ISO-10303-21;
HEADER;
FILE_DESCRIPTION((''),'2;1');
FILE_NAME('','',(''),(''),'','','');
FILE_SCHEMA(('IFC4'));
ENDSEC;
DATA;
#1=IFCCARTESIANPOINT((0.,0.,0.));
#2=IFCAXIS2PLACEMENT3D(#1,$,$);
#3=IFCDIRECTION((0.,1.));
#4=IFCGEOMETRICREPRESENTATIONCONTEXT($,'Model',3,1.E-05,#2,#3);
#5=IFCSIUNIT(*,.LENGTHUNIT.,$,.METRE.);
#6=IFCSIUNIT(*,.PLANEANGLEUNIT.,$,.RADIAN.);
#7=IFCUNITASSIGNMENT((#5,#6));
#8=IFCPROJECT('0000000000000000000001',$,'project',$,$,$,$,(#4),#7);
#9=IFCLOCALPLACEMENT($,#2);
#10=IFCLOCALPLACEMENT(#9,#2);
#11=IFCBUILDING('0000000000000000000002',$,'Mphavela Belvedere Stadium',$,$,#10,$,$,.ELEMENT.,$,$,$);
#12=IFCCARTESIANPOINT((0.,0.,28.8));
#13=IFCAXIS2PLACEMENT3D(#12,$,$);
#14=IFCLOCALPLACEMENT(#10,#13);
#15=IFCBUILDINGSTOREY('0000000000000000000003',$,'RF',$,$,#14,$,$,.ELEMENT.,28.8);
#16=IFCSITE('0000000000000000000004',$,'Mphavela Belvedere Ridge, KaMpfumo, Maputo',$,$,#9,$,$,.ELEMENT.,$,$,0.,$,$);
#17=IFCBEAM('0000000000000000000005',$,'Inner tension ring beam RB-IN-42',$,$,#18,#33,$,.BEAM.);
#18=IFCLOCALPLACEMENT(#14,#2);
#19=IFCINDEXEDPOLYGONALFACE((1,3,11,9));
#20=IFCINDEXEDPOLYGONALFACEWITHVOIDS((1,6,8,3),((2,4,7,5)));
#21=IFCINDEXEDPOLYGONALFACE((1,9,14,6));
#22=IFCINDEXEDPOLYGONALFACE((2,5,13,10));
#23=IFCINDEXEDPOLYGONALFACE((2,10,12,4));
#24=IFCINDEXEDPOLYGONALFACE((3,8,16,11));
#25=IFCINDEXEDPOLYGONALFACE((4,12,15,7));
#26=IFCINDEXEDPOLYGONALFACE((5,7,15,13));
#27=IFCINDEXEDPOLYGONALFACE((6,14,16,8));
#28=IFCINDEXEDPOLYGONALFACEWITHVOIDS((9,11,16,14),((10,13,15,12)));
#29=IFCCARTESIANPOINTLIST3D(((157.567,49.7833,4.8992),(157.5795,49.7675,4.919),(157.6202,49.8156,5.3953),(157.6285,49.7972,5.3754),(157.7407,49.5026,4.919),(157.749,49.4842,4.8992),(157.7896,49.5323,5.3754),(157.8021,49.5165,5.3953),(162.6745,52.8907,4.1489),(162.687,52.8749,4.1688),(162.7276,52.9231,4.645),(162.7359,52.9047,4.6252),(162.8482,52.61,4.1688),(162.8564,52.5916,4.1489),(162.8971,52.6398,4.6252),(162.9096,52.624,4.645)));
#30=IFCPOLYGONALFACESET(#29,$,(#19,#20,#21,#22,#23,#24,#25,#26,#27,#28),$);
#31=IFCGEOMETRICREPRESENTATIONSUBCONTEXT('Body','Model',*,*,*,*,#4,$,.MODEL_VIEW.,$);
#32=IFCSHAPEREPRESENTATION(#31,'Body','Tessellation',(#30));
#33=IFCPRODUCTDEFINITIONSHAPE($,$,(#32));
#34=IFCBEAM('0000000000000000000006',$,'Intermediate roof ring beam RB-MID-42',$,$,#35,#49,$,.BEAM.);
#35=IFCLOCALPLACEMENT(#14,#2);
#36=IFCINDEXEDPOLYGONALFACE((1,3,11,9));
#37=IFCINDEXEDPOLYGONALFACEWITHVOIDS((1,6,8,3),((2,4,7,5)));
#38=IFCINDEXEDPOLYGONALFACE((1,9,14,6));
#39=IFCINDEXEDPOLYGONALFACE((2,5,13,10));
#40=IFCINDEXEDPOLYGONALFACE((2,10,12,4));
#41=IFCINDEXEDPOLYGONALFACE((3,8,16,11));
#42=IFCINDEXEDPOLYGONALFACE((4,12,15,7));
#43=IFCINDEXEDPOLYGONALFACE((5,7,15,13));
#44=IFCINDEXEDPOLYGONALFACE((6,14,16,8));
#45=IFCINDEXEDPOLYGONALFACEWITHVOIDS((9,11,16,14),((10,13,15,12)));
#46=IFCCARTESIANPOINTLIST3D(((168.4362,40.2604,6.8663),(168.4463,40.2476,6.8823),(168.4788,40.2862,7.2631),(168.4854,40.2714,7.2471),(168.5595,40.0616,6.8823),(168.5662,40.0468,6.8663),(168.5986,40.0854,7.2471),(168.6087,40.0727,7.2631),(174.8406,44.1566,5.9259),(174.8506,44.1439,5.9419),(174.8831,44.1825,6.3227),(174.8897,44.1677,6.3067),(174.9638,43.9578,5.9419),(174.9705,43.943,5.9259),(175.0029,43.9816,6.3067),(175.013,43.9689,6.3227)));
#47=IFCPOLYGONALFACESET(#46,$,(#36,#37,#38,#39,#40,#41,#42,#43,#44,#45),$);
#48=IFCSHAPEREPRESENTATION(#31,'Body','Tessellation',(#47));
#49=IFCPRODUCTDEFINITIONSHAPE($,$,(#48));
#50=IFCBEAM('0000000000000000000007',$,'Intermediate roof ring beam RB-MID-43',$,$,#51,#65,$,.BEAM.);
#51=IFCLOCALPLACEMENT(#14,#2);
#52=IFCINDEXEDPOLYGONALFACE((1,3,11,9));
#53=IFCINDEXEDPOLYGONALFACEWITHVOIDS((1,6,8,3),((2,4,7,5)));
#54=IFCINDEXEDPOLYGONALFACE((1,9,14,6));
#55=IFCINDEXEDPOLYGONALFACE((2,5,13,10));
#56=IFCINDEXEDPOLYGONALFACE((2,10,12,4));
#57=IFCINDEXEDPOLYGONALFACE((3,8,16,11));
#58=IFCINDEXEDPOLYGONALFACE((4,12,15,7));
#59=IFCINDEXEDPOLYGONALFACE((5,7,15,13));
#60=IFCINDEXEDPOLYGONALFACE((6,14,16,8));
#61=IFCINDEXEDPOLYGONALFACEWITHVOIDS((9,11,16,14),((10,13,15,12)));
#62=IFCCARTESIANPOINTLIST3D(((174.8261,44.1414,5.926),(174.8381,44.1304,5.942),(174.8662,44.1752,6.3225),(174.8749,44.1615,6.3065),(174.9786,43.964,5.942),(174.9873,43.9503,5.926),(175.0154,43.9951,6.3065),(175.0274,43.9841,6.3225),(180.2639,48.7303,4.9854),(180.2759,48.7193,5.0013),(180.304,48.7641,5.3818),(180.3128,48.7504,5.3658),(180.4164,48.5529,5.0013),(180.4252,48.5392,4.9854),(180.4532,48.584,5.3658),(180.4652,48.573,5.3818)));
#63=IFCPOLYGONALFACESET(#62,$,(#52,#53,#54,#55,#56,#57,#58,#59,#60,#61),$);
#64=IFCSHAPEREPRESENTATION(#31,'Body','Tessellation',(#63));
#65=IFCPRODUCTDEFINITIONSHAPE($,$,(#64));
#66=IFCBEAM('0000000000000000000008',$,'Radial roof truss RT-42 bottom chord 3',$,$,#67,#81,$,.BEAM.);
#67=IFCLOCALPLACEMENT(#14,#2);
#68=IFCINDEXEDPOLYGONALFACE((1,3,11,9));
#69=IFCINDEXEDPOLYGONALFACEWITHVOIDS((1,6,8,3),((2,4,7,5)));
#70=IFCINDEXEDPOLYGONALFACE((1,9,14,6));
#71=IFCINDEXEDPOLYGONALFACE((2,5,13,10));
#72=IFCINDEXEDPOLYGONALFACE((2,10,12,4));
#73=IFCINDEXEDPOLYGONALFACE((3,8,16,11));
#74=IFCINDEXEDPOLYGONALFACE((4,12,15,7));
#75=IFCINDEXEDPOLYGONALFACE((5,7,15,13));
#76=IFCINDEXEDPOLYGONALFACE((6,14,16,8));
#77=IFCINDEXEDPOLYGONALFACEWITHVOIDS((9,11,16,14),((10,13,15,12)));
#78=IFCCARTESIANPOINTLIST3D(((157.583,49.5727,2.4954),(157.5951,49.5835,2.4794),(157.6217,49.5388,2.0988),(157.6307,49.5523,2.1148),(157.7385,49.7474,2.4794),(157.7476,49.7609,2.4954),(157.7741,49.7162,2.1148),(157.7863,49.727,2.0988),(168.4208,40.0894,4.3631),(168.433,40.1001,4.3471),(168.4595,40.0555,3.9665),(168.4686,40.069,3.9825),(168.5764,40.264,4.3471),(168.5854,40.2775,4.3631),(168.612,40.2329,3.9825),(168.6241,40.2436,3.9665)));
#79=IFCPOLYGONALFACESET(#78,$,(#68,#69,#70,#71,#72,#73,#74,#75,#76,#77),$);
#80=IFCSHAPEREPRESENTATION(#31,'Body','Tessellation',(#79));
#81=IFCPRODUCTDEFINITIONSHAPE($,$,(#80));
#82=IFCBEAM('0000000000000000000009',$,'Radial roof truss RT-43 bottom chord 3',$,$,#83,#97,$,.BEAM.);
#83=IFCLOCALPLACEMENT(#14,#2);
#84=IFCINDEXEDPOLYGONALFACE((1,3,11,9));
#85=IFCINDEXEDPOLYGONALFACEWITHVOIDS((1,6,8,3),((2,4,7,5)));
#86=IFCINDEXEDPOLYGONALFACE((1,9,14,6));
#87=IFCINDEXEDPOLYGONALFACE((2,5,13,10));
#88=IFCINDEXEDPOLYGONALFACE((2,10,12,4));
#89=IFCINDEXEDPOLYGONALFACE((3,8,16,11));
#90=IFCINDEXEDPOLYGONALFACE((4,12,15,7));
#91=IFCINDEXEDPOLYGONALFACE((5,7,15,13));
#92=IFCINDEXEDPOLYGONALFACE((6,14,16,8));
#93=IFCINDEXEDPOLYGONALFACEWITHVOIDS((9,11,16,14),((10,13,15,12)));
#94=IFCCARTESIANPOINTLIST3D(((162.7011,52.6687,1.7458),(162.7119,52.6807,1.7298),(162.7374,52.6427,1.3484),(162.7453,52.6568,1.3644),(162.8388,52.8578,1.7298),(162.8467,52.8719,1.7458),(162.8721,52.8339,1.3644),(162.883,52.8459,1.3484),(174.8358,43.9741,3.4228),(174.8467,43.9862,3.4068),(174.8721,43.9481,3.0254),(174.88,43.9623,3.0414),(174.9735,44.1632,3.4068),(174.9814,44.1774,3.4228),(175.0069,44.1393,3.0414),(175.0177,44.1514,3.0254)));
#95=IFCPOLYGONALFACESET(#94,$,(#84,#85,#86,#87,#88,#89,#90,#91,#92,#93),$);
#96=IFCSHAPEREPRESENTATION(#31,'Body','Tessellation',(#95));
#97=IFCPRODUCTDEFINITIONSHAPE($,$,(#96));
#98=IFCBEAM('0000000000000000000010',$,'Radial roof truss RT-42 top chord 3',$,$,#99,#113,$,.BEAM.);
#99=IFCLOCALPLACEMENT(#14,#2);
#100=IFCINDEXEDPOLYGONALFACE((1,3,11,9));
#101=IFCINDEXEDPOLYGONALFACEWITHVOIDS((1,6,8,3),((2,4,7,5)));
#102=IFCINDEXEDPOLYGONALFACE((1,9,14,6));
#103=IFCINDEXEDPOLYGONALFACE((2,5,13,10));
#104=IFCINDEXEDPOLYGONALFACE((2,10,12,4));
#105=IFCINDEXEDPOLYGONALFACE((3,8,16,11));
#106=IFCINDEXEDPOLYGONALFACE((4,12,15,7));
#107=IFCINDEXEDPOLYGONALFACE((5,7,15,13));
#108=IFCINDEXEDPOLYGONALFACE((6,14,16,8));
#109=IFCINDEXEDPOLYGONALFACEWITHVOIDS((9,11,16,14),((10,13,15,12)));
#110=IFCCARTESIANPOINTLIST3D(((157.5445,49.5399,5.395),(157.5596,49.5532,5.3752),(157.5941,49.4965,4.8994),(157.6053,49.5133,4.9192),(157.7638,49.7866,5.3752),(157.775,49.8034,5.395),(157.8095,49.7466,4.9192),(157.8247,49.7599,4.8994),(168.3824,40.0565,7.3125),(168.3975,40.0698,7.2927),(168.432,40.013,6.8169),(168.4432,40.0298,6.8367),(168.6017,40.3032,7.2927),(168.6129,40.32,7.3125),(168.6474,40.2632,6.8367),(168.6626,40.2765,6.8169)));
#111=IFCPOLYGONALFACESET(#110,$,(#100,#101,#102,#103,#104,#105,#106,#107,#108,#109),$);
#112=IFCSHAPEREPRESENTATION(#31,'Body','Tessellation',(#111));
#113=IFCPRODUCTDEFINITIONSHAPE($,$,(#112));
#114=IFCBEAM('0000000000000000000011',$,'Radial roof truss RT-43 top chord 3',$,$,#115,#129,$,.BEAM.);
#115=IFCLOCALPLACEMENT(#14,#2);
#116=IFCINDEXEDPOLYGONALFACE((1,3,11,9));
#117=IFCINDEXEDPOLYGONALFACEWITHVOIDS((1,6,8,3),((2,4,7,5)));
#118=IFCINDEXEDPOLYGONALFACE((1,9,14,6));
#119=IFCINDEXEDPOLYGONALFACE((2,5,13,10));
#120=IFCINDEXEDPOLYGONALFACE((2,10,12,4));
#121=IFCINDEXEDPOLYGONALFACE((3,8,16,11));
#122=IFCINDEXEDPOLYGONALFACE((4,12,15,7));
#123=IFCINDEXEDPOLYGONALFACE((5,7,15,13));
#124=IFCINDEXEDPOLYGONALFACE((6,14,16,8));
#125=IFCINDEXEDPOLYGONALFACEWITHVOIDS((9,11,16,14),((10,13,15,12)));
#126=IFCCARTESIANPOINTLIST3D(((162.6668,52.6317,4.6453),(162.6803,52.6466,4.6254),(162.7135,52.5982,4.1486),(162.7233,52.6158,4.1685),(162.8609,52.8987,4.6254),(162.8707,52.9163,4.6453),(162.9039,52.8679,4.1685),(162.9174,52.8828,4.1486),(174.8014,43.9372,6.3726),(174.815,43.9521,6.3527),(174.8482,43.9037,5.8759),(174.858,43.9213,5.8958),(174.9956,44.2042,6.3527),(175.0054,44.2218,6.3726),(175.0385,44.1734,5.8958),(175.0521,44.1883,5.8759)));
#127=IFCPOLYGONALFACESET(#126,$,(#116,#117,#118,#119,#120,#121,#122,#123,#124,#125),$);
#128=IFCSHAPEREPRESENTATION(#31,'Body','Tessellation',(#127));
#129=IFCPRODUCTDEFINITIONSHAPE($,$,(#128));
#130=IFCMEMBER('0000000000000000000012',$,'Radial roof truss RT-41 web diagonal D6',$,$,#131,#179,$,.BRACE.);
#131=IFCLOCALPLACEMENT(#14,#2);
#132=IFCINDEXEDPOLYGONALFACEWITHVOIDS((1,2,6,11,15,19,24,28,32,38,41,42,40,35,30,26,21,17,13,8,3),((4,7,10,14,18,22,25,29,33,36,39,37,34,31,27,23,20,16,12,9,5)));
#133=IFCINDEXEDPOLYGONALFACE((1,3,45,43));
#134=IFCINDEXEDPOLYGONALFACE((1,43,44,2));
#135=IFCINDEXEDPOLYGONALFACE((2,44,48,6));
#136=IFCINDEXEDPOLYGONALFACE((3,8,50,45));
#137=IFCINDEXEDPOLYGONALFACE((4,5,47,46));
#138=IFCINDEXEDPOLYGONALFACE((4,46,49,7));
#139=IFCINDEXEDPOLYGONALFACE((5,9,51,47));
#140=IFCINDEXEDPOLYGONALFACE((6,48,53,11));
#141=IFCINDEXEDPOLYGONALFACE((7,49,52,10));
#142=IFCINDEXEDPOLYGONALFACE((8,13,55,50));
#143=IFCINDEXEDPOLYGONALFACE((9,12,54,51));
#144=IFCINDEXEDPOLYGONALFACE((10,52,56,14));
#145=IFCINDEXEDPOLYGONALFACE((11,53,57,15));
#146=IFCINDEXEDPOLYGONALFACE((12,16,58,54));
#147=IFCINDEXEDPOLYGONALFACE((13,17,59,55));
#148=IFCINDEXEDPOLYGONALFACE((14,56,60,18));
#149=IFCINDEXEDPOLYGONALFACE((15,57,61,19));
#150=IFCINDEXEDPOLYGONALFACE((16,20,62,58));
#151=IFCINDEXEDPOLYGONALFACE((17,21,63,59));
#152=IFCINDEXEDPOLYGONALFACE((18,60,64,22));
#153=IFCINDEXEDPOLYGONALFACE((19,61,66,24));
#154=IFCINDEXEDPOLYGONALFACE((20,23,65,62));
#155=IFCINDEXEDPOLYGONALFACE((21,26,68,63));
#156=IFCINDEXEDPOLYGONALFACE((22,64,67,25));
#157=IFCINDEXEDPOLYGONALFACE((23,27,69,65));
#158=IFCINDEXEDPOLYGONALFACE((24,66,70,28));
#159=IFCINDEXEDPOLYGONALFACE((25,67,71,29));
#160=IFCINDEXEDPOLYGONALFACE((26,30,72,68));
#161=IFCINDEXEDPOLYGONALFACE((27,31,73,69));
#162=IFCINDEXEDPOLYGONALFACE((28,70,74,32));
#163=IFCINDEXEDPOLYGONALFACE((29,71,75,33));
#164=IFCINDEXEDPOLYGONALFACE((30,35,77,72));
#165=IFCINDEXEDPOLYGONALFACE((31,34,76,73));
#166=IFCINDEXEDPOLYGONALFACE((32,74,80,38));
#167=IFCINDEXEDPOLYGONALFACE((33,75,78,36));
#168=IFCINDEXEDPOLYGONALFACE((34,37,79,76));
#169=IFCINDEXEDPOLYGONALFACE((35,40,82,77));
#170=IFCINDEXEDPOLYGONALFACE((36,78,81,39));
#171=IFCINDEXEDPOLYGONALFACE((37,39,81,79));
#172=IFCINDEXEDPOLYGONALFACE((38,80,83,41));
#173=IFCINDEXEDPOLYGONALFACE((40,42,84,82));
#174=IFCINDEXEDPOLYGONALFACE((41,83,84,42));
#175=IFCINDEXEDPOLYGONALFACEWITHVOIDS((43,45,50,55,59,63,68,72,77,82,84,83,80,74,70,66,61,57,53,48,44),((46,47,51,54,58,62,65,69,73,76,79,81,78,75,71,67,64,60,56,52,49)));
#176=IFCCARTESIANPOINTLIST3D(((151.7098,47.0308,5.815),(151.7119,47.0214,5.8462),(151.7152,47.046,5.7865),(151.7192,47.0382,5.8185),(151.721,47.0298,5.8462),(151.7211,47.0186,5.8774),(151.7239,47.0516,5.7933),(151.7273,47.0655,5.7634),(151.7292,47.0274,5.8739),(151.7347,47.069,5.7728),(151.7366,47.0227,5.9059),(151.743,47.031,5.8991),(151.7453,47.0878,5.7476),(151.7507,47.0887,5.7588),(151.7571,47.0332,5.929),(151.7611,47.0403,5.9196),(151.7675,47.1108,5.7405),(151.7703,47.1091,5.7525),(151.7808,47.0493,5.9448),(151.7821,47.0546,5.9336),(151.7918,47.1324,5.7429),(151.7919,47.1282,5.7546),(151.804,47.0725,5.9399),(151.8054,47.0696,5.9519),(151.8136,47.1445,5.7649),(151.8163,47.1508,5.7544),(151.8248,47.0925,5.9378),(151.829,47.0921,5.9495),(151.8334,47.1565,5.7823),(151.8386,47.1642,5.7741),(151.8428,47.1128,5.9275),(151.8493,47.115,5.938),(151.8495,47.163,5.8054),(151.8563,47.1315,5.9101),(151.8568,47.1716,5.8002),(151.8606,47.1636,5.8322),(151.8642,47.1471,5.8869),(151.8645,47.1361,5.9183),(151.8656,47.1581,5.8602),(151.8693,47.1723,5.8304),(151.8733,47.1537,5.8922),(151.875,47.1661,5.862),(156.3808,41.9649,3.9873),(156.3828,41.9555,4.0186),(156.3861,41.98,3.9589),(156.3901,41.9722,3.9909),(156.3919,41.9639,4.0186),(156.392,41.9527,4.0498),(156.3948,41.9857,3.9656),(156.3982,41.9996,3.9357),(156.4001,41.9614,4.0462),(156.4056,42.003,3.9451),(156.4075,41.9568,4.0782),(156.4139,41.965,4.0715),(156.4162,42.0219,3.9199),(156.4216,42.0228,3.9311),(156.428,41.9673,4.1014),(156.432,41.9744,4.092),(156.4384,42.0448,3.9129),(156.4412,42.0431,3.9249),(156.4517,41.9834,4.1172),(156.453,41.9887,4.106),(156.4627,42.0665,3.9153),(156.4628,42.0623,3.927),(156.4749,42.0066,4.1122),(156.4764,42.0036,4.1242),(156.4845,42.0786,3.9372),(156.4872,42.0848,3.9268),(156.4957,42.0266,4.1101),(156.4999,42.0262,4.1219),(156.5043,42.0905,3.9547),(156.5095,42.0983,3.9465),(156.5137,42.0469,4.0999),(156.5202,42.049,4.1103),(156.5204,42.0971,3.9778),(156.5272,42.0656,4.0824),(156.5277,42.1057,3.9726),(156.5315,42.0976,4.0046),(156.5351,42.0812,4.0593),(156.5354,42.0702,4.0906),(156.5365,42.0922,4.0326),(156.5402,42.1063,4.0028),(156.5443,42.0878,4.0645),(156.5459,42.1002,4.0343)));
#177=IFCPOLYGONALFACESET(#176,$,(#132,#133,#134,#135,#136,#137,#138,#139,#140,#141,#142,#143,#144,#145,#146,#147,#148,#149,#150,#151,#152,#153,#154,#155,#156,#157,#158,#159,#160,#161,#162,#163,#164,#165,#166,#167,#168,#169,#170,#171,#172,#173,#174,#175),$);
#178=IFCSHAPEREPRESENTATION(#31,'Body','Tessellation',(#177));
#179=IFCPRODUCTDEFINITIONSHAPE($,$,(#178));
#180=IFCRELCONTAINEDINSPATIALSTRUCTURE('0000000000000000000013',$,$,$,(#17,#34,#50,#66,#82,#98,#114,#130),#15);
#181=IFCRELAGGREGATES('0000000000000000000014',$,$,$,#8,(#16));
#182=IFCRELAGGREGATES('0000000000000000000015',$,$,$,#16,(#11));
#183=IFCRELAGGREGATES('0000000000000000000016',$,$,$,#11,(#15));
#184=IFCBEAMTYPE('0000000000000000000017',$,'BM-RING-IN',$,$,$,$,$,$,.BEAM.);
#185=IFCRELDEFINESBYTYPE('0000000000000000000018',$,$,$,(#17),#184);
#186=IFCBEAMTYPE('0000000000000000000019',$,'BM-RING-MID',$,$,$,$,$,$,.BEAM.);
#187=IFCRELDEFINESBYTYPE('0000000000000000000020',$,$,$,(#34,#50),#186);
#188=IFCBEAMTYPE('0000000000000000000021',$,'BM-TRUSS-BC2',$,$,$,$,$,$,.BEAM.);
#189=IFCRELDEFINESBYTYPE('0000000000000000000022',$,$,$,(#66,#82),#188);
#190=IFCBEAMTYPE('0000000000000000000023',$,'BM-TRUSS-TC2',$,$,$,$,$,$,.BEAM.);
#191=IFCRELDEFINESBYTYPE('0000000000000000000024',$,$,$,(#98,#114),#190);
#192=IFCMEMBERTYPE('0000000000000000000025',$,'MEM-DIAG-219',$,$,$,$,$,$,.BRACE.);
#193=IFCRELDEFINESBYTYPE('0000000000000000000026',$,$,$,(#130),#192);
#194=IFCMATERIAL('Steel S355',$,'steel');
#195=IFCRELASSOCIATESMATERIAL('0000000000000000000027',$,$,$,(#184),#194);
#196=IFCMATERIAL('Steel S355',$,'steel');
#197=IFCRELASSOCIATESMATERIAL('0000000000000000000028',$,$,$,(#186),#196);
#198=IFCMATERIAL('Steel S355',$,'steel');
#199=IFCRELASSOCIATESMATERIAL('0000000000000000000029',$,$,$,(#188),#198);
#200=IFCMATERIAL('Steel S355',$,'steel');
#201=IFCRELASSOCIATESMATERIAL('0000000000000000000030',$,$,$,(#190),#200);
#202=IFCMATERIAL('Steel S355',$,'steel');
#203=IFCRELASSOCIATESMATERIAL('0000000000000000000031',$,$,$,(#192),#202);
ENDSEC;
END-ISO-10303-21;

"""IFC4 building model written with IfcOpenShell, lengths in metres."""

from ifc_helpers import new_model, si_unit, direction, frame, origin, origin_2d, place, context, subcontext, project, spatial, hollow_rectangle, hollow_circle, extrude, material, material_profile, profile_set, type_object, element, save


model = new_model("IFC4")

# Units and contexts
model_context = context("Model", 3, precision=1e-05, world=origin(), true_north=direction((0.0, 1.0)))
body_context = subcontext(model_context, "Body", "Model", "MODEL_VIEW")
ifc_project = project(units=[si_unit("LENGTHUNIT", "METRE"), si_unit("PLANEANGLEUNIT", "RADIAN")], contexts=[model_context])

# Site, building, storey
site_placement = place(None, origin())
site = spatial("IfcSite", under=ifc_project, at=site_placement, Name="Mphavela Belvedere Ridge, KaMpfumo, Maputo", CompositionType="ELEMENT", RefElevation=0.0)
building_placement = place(site_placement, origin())
building = spatial("IfcBuilding", under=site, at=building_placement, Name="Mphavela Belvedere Stadium", CompositionType="ELEMENT")
storey_placement = place(building_placement, frame((0.0, 0.0, 28.8)))
storey = spatial("IfcBuildingStorey", under=building, at=storey_placement, Name="RF", CompositionType="ELEMENT", Elevation=28.8)

# Beams
ifc_material_1 = material(Name="Steel S355", Category="steel")
ifc_material_profile_1 = material_profile(ifc_material_1, hollow_rectangle(XDim=0.3501, YDim=0.5, WallThickness=0.02, at=origin_2d()), Name="RHS 500x350x20")
ifc_profile_set_1 = profile_set([ifc_material_profile_1], Name="Steel S355")
beam_type_1 = type_object("IfcBeamType", Name="BM-RING-IN", PredefinedType="BEAM", material=ifc_profile_set_1)
beam_1_placement = place(storey_placement, frame((157.6846, 49.6499, 5.1472), z_axis=(0.847657, 0.515726, -0.124515), x_axis=(-0.519771, 0.854306, 0.0)))
element("IfcBeam", 1, at=beam_1_placement, inside=storey, type_object=beam_type_1, Name="Inner tension ring beam RB-IN-42", PredefinedType="BEAM", context=body_context, shape_type="SweptSolid", body=[
    extrude(hollow_rectangle(XDim=0.3501, YDim=0.5, WallThickness=0.02, at=origin_2d()), origin(), (0.0, 0.0, 1.0), 6.0254),
])
ifc_material_2 = material(Name="Steel S355", Category="steel")
ifc_material_profile_2 = material_profile(ifc_material_2, hollow_rectangle(XDim=0.25, YDim=0.3999, WallThickness=0.0161, at=origin_2d()), Name="RHS 400x250x16")
ifc_profile_set_2 = profile_set([ifc_material_profile_2], Name="Steel S355")
beam_type_2 = type_object("IfcBeamType", Name="BM-RING-MID", PredefinedType="BEAM", material=ifc_profile_set_2)
beam_2_placement = place(storey_placement, frame((168.5225, 40.1665, 7.0647), z_axis=(0.847674, 0.515707, -0.124476), x_axis=(-0.51975, 0.854319, 0.0)))
element("IfcBeam", 2, at=beam_2_placement, inside=storey, type_object=beam_type_2, Name="Intermediate roof ring beam RB-MID-42", PredefinedType="BEAM", context=body_context, shape_type="SweptSolid", body=[
    extrude(hollow_rectangle(XDim=0.25, YDim=0.3999, WallThickness=0.0161, at=origin_2d()), origin(), (0.0, 0.0, 1.0), 7.5552),
])
beam_3_placement = place(storey_placement, frame((174.9268, 44.0627, 6.1243), z_axis=(0.757646, 0.639371, -0.131065), x_axis=(-0.644934, 0.764238, 0.0)))
element("IfcBeam", 3, at=beam_3_placement, inside=storey, type_object=beam_type_2, Name="Intermediate roof ring beam RB-MID-43", PredefinedType="BEAM", context=body_context, shape_type="SweptSolid", body=[
    extrude(hollow_rectangle(XDim=0.25, YDim=0.3999, WallThickness=0.0161, at=origin_2d()), origin(), (0.0, 0.0, 1.0), 7.1772),
])
ifc_material_3 = material(Name="Steel S355", Category="steel")
ifc_material_profile_3 = material_profile(ifc_material_3, hollow_rectangle(XDim=0.25, YDim=0.3999, WallThickness=0.0161, at=origin_2d()), Name="RHS 400x250x16")
ifc_profile_set_3 = profile_set([ifc_material_profile_3], Name="Steel S355")
beam_type_3 = type_object("IfcBeamType", Name="BM-TRUSS-BC2", PredefinedType="BEAM", material=ifc_profile_set_3)
beam_4_placement = place(storey_placement, frame((168.5225, 40.1665, 4.1648), z_axis=(-0.746318, 0.653045, -0.128612), x_axis=(-0.658514, -0.752568, 0.0)))
element("IfcBeam", 4, at=beam_4_placement, inside=storey, type_object=beam_type_3, Name="Radial roof truss RT-42 bottom chord 3", PredefinedType="BEAM", context=body_context, shape_type="SweptSolid", body=[
    extrude(hollow_rectangle(XDim=0.25, YDim=0.3999, WallThickness=0.0161, at=origin_2d()), origin(), (0.0, 0.0, 1.0), 14.5217),
])
beam_5_placement = place(storey_placement, frame((174.9268, 44.0627, 3.2241), z_axis=(-0.807799, 0.57879, -0.111636), x_axis=(-0.58243, -0.812881, 0.0)))
element("IfcBeam", 5, at=beam_5_placement, inside=storey, type_object=beam_type_3, Name="Radial roof truss RT-43 bottom chord 3", PredefinedType="BEAM", context=body_context, shape_type="SweptSolid", body=[
    extrude(hollow_rectangle(XDim=0.25, YDim=0.3999, WallThickness=0.0161, at=origin_2d()), origin(), (0.0, 0.0, 1.0), 15.022),
])
ifc_material_4 = material(Name="Steel S355", Category="steel")
ifc_material_profile_4 = material_profile(ifc_material_4, hollow_rectangle(XDim=0.3501, YDim=0.5, WallThickness=0.02, at=origin_2d()), Name="RHS 500x350x20")
ifc_profile_set_4 = profile_set([ifc_material_profile_4], Name="Steel S355")
beam_type_4 = type_object("IfcBeamType", Name="BM-TRUSS-TC2", PredefinedType="BEAM", material=ifc_profile_set_4)
beam_6_placement = place(storey_placement, frame((168.5225, 40.1665, 7.0647), z_axis=(-0.745985, 0.652754, -0.131982), x_axis=(-0.658514, -0.752568, 0.0)))
element("IfcBeam", 6, at=beam_6_placement, inside=storey, type_object=beam_type_4, Name="Radial roof truss RT-42 top chord 3", PredefinedType="BEAM", context=body_context, shape_type="SweptSolid", body=[
    extrude(hollow_rectangle(XDim=0.3501, YDim=0.5, WallThickness=0.02, at=origin_2d()), origin(), (0.0, 0.0, 1.0), 14.5283),
])
beam_7_placement = place(storey_placement, frame((174.9268, 44.0627, 6.1243), z_axis=(-0.807493, 0.57857, -0.114941), x_axis=(-0.58243, -0.812881, 0.0)))
element("IfcBeam", 7, at=beam_7_placement, inside=storey, type_object=beam_type_4, Name="Radial roof truss RT-43 top chord 3", PredefinedType="BEAM", context=body_context, shape_type="SweptSolid", body=[
    extrude(hollow_rectangle(XDim=0.3501, YDim=0.5, WallThickness=0.02, at=origin_2d()), origin(), (0.0, 0.0, 1.0), 15.0276),
])

# Member
ifc_material_5 = material(Name="Steel S355", Category="steel")
ifc_material_profile_5 = material_profile(ifc_material_5, hollow_circle(Radius=0.1096, WallThickness=0.0125, at=origin_2d()), Name="CHS 219.1x12.5")
ifc_profile_set_5 = profile_set([ifc_material_profile_5], Name="Steel S355")
member_type_1 = type_object("IfcMemberType", Name="MEM-DIAG-219", PredefinedType="BRACE", material=ifc_profile_set_5)
member_1_placement = place(storey_placement, frame((156.4634, 42.0298, 4.0186), z_axis=(-0.655207, 0.710618, 0.25637), x_axis=(-0.735189, -0.677862, 0.0)))
element("IfcMember", 8, at=member_1_placement, inside=storey, type_object=member_type_1, Name="Radial roof truss RT-41 web diagonal D6", PredefinedType="BRACE", context=body_context, shape_type="SweptSolid", body=[
    extrude(hollow_circle(Radius=0.1096, WallThickness=0.0125, at=origin_2d()), origin(), (0.0, 0.0, 1.0), 7.1289),
])

save(model, "model.ifc")
